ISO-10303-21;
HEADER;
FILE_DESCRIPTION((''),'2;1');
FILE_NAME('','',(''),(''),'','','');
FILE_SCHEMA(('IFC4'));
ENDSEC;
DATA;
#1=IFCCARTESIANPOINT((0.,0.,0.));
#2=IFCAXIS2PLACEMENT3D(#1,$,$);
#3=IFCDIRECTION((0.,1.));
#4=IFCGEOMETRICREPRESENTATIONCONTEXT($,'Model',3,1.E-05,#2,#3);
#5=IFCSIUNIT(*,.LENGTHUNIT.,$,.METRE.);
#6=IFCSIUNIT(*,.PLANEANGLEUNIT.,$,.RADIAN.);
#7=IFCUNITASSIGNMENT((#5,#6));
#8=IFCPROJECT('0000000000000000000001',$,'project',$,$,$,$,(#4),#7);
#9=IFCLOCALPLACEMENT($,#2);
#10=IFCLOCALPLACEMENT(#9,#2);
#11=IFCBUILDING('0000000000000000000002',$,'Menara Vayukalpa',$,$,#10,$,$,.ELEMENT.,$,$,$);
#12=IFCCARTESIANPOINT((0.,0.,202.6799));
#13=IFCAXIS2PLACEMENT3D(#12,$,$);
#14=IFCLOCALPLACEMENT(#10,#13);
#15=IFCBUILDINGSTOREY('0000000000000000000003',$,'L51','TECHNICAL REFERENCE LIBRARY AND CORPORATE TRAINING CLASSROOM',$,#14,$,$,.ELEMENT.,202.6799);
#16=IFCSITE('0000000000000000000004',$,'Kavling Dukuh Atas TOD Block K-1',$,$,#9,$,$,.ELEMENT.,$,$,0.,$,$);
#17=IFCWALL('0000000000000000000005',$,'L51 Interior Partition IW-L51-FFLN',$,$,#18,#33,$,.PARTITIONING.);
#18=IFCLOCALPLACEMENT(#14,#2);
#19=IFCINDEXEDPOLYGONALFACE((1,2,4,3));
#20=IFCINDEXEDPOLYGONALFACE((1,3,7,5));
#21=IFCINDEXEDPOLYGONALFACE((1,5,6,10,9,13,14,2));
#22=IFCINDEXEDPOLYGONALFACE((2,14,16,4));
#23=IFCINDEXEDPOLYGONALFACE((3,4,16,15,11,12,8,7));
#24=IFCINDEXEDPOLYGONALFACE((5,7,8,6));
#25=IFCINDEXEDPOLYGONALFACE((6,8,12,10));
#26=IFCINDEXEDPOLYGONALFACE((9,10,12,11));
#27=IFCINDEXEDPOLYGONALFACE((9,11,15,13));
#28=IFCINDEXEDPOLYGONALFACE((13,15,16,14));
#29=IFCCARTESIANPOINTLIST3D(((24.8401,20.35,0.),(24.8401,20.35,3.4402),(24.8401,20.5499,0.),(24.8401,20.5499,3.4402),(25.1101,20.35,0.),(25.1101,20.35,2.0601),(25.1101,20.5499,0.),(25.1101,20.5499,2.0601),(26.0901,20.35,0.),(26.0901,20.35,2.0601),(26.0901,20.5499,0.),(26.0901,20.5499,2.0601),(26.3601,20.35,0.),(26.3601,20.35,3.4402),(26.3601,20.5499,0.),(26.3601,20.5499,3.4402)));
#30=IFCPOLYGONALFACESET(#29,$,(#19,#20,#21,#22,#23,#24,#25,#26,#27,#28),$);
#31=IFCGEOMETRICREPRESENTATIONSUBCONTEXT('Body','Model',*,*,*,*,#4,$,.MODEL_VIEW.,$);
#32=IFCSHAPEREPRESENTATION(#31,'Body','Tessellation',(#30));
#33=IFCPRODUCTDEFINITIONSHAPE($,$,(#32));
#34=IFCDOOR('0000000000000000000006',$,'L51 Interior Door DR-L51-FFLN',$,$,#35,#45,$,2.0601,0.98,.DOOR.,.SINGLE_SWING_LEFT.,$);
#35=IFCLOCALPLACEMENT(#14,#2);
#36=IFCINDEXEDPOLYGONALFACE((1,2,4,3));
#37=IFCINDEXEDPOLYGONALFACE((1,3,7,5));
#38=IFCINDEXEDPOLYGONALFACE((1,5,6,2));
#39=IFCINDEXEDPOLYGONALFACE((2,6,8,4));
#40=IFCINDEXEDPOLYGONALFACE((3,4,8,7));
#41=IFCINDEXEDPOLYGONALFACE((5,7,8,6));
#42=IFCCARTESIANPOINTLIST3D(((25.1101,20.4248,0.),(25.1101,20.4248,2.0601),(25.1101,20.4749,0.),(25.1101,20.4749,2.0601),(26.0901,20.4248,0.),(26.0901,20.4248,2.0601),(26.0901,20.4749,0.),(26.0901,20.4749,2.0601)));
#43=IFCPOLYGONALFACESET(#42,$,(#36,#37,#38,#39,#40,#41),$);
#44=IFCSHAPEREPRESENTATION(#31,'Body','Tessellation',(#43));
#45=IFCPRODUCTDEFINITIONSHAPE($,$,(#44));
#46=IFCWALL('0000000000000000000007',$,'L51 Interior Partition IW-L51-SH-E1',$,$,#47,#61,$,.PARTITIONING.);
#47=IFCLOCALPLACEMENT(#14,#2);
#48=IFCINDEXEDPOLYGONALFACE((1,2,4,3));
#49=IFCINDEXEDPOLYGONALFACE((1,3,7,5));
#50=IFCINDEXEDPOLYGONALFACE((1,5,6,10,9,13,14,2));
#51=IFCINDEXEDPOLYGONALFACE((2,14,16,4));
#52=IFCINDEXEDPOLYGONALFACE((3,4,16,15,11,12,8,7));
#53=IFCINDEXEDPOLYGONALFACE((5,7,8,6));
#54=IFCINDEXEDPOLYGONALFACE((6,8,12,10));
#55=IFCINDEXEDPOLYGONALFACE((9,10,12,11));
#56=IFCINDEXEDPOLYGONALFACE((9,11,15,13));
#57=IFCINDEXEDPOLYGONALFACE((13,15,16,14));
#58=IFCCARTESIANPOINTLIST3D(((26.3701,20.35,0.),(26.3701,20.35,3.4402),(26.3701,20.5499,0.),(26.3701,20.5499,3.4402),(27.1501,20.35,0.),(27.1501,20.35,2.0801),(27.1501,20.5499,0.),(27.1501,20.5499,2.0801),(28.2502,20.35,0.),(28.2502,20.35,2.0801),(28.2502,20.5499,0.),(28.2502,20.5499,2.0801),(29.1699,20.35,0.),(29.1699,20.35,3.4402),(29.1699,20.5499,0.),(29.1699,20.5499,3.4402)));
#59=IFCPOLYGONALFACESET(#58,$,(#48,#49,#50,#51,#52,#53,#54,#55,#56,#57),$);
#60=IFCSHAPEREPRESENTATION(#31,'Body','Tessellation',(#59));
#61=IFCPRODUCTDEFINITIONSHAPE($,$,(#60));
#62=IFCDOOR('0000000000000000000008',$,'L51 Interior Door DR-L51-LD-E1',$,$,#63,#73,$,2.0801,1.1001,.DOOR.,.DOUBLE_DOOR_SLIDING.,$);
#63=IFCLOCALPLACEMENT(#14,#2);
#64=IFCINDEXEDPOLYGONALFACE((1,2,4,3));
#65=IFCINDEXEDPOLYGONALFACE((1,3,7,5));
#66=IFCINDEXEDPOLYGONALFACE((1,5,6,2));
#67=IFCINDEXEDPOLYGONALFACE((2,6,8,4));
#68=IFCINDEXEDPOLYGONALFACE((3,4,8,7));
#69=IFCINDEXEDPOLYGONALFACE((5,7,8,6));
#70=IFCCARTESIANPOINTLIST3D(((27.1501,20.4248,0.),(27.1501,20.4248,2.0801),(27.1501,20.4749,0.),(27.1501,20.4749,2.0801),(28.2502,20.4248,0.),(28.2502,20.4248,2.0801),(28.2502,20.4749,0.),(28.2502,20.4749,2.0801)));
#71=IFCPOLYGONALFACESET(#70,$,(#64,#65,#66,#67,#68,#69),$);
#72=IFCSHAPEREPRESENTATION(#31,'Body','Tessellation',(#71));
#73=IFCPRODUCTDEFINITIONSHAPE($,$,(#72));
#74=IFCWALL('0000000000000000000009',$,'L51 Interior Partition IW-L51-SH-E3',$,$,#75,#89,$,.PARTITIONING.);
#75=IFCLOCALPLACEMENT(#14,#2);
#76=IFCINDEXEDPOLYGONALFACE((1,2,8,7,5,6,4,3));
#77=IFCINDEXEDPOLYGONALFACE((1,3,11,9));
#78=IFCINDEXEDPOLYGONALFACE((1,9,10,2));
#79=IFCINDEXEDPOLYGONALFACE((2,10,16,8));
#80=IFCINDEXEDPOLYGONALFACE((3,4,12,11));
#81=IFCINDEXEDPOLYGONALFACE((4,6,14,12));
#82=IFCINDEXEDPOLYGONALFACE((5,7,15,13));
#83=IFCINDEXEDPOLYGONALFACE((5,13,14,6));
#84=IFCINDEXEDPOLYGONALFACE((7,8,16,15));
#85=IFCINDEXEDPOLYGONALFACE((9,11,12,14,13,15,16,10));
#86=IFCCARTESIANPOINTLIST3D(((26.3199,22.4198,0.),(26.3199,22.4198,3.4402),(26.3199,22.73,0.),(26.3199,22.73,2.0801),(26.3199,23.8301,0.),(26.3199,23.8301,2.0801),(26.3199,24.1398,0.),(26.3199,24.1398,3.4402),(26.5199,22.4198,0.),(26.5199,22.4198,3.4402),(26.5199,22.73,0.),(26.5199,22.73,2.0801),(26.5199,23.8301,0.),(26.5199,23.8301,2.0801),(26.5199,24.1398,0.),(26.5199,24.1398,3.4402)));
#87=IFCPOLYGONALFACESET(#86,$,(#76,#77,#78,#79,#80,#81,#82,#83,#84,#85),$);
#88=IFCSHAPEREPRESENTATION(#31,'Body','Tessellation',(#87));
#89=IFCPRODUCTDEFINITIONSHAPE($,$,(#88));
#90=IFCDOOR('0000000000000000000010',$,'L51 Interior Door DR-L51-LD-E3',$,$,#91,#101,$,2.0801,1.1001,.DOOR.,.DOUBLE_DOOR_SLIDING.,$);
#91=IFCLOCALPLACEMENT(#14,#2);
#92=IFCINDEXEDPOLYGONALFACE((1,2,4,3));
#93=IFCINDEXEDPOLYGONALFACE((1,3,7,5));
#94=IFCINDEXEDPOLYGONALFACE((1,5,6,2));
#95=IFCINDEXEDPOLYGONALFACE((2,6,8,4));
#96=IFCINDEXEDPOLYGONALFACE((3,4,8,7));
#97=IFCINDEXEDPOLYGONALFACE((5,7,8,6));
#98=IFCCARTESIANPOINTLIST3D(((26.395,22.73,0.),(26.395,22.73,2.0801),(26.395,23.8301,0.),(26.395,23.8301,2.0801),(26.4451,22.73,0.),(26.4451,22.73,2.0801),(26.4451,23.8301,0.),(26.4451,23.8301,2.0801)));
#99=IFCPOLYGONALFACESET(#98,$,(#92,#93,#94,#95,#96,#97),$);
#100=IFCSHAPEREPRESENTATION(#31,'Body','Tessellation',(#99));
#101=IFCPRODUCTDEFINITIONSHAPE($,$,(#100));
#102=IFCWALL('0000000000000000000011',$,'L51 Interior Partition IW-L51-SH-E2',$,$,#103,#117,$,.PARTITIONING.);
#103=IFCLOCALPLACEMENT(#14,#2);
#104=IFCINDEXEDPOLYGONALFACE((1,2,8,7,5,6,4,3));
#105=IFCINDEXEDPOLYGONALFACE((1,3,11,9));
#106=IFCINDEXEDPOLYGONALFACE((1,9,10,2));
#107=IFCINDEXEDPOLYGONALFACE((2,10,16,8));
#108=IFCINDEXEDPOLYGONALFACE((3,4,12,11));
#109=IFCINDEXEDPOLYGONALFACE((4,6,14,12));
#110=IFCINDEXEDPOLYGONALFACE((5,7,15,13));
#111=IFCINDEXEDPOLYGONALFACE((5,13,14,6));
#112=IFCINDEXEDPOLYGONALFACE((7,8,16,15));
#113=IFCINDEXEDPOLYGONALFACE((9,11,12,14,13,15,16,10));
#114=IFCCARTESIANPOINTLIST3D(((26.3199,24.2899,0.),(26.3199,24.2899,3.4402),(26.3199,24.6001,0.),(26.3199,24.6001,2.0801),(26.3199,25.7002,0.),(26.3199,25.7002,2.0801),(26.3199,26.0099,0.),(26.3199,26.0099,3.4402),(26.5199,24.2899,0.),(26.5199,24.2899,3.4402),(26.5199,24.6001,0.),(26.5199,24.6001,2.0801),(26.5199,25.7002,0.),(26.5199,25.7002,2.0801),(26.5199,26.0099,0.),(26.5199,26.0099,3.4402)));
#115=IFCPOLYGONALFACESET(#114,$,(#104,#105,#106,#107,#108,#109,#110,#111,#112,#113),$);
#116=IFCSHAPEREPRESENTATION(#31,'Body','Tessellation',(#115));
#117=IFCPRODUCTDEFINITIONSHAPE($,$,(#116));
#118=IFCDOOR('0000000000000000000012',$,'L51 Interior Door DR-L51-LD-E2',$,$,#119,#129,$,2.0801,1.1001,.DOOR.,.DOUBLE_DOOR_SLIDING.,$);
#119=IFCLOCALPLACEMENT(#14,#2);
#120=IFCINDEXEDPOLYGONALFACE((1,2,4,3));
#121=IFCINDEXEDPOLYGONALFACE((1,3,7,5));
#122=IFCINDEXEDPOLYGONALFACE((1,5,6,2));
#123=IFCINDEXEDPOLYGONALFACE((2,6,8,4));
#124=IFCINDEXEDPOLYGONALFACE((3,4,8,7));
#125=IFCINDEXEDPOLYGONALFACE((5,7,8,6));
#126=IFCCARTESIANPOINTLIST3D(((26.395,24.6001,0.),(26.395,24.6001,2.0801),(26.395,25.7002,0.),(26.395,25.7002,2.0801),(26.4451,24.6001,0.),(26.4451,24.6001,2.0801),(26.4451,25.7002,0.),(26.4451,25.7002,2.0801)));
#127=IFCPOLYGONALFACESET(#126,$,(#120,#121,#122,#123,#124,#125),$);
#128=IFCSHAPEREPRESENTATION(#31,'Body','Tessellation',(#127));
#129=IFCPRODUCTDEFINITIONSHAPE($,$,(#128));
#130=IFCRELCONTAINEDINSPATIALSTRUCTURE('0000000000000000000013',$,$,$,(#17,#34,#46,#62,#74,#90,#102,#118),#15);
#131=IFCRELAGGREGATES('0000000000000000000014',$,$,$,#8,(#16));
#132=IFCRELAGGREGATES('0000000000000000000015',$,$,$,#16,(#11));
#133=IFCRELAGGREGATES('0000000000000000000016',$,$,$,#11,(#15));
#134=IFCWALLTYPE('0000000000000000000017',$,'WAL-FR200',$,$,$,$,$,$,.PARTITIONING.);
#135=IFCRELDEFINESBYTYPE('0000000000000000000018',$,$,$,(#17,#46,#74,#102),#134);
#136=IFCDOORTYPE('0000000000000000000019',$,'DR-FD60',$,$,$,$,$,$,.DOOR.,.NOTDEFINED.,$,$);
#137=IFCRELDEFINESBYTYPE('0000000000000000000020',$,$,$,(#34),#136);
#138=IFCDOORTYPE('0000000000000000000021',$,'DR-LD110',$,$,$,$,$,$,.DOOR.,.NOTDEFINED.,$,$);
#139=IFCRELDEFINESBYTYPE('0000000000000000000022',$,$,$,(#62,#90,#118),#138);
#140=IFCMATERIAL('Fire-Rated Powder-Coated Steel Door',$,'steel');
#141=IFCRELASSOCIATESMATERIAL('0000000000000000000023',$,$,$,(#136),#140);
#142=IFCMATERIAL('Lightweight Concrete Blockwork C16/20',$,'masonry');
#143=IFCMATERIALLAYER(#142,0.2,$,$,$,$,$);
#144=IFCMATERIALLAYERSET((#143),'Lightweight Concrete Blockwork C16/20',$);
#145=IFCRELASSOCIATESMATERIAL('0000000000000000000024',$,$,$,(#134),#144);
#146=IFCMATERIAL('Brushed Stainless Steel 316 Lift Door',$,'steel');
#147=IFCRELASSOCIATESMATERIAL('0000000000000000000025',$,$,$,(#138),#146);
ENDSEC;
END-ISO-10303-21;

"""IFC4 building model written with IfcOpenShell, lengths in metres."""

from ifc_helpers import new_model, si_unit, direction, frame, frame_2d, origin, place, context, subcontext, project, spatial, rectangle, extrude, material, layer, layer_set, type_object, element, fill, save


model = new_model("IFC4")

# Units and contexts
model_context = context("Model", 3, precision=1e-05, world=origin(), true_north=direction((0.0, 1.0)))
body_context = subcontext(model_context, "Body", "Model", "MODEL_VIEW")
ifc_project = project(units=[si_unit("LENGTHUNIT", "METRE"), si_unit("PLANEANGLEUNIT", "RADIAN")], contexts=[model_context])

# Site, building, storey
site_placement = place(None, origin())
site = spatial("IfcSite", under=ifc_project, at=site_placement, Name="Kavling Dukuh Atas TOD Block K-1", CompositionType="ELEMENT", RefElevation=0.0)
building_placement = place(site_placement, origin())
building = spatial("IfcBuilding", under=site, at=building_placement, Name="Menara Vayukalpa", CompositionType="ELEMENT")
storey_placement = place(building_placement, frame((0.0, 0.0, 202.6799)))
storey = spatial("IfcBuildingStorey", under=building, at=storey_placement, Name="L51", Description="TECHNICAL REFERENCE LIBRARY AND CORPORATE TRAINING CLASSROOM", CompositionType="ELEMENT", Elevation=202.6799)

# Walls, openings, doors
ifc_material_1 = material(Name="Fire-Rated Powder-Coated Steel Door", Category="steel")
door_type_1 = type_object("IfcDoorType", Name="DR-FD60", OperationType="NOTDEFINED", PredefinedType="DOOR", material=ifc_material_1)
ifc_material_2 = material(Name="Lightweight Concrete Blockwork C16/20", Category="masonry")
ifc_layer_1 = layer(ifc_material_2, 0.2)
ifc_layer_set_1 = layer_set([ifc_layer_1], Name="Lightweight Concrete Blockwork C16/20")
wall_type_1 = type_object("IfcWallType", Name="WAL-FR200", PredefinedType="PARTITIONING", material=ifc_layer_set_1)
wall_1_placement = place(storey_placement, frame((24.8401, 20.45, 0.0), z_axis=(0.0, 0.0, 1.0), x_axis=(1.0, 0.0, 0.0)))
wall_1 = element("IfcWall", 1, at=wall_1_placement, inside=storey, type_object=wall_type_1, Name="L51 Interior Partition IW-L51-FFLN", PredefinedType="PARTITIONING", context=body_context, shape_type="SweptSolid", body=[
    extrude(rectangle(XDim=1.52, YDim=0.2, at=frame_2d((0.76, 0.0))), origin(), (0.0, 0.0, 1.0), 3.4402),
])
opening_1_placement = place(wall_1_placement, frame((0.27, 0.0, 0.0)))
opening_1 = element("IfcOpeningElement", 2, at=opening_1_placement, cuts=wall_1, PredefinedType="OPENING", context=body_context, shape_type="SweptSolid", body=[
    extrude(rectangle(XDim=0.98, YDim=2.0601, at=frame_2d((0.49, 1.03))), frame((0.0, 0.1099, 0.0), z_axis=(0.0, -1.0, 0.0), x_axis=(1.0, 0.0, 0.0)), (0.0, 0.0, 1.0), 0.22),
])
door_1_placement = place(opening_1_placement, origin())
door_1 = element("IfcDoor", 3, at=door_1_placement, inside=storey, type_object=door_type_1, Name="L51 Interior Door DR-L51-FFLN", OperationType="SINGLE_SWING_LEFT", OverallHeight=2.0601, OverallWidth=0.98, PredefinedType="DOOR", context=body_context, shape_type="SweptSolid", body=[
    extrude(rectangle(XDim=0.98, YDim=2.0601, at=frame_2d((0.49, 1.03))), frame((0.0, 0.0249, 0.0), z_axis=(0.0, -1.0, 0.0), x_axis=(1.0, 0.0, 0.0)), (0.0, 0.0, 1.0), 0.05),
])
fill(opening_1, door_1)
wall_2_placement = place(storey_placement, frame((26.3701, 20.45, 0.0), z_axis=(0.0, 0.0, 1.0), x_axis=(1.0, 0.0, 0.0)))
wall_2 = element("IfcWall", 4, at=wall_2_placement, inside=storey, type_object=wall_type_1, Name="L51 Interior Partition IW-L51-SH-E1", PredefinedType="PARTITIONING", context=body_context, shape_type="SweptSolid", body=[
    extrude(rectangle(XDim=2.7998, YDim=0.2, at=frame_2d((1.3999, 0.0))), origin(), (0.0, 0.0, 1.0), 3.4402),
])
opening_2_placement = place(wall_2_placement, frame((0.78, 0.0, 0.0)))
opening_2 = element("IfcOpeningElement", 5, at=opening_2_placement, cuts=wall_2, PredefinedType="OPENING", context=body_context, shape_type="SweptSolid", body=[
    extrude(rectangle(XDim=1.1001, YDim=2.0801, at=frame_2d((0.55, 1.04))), frame((0.0, 0.1099, 0.0), z_axis=(0.0, -1.0, 0.0), x_axis=(1.0, 0.0, 0.0)), (0.0, 0.0, 1.0), 0.22),
])
ifc_material_3 = material(Name="Brushed Stainless Steel 316 Lift Door", Category="steel")
door_type_2 = type_object("IfcDoorType", Name="DR-LD110", OperationType="NOTDEFINED", PredefinedType="DOOR", material=ifc_material_3)
door_2_placement = place(opening_2_placement, origin())
door_2 = element("IfcDoor", 6, at=door_2_placement, inside=storey, type_object=door_type_2, Name="L51 Interior Door DR-L51-LD-E1", OperationType="DOUBLE_DOOR_SLIDING", OverallHeight=2.0801, OverallWidth=1.1001, PredefinedType="DOOR", context=body_context, shape_type="SweptSolid", body=[
    extrude(rectangle(XDim=1.1001, YDim=2.0801, at=frame_2d((0.55, 1.04))), frame((0.0, 0.0249, 0.0), z_axis=(0.0, -1.0, 0.0), x_axis=(1.0, 0.0, 0.0)), (0.0, 0.0, 1.0), 0.05),
])
fill(opening_2, door_2)
wall_3_placement = place(storey_placement, frame((26.4199, 22.4199, 0.0), z_axis=(0.0, 0.0, 1.0), x_axis=(0.0, 1.0, 0.0)))
wall_3 = element("IfcWall", 7, at=wall_3_placement, inside=storey, type_object=wall_type_1, Name="L51 Interior Partition IW-L51-SH-E3", PredefinedType="PARTITIONING", context=body_context, shape_type="SweptSolid", body=[
    extrude(rectangle(XDim=1.72, YDim=0.2, at=frame_2d((0.8599, 0.0))), origin(), (0.0, 0.0, 1.0), 3.4402),
])
opening_3_placement = place(wall_3_placement, frame((0.3101, 0.0, 0.0)))
opening_3 = element("IfcOpeningElement", 8, at=opening_3_placement, cuts=wall_3, PredefinedType="OPENING", context=body_context, shape_type="SweptSolid", body=[
    extrude(rectangle(XDim=1.1001, YDim=2.0801, at=frame_2d((0.55, 1.04))), frame((0.0, 0.1099, 0.0), z_axis=(0.0, -1.0, 0.0), x_axis=(1.0, 0.0, 0.0)), (0.0, 0.0, 1.0), 0.22),
])
door_3_placement = place(opening_3_placement, origin())
door_3 = element("IfcDoor", 9, at=door_3_placement, inside=storey, type_object=door_type_2, Name="L51 Interior Door DR-L51-LD-E3", OperationType="DOUBLE_DOOR_SLIDING", OverallHeight=2.0801, OverallWidth=1.1001, PredefinedType="DOOR", context=body_context, shape_type="SweptSolid", body=[
    extrude(rectangle(XDim=1.1001, YDim=2.0801, at=frame_2d((0.55, 1.04))), frame((0.0, 0.0249, 0.0), z_axis=(0.0, -1.0, 0.0), x_axis=(1.0, 0.0, 0.0)), (0.0, 0.0, 1.0), 0.05),
])
fill(opening_3, door_3)
wall_4_placement = place(storey_placement, frame((26.4199, 24.29, 0.0), z_axis=(0.0, 0.0, 1.0), x_axis=(0.0, 1.0, 0.0)))
wall_4 = element("IfcWall", 10, at=wall_4_placement, inside=storey, type_object=wall_type_1, Name="L51 Interior Partition IW-L51-SH-E2", PredefinedType="PARTITIONING", context=body_context, shape_type="SweptSolid", body=[
    extrude(rectangle(XDim=1.72, YDim=0.2, at=frame_2d((0.8599, 0.0))), origin(), (0.0, 0.0, 1.0), 3.4402),
])
opening_4_placement = place(wall_4_placement, frame((0.3101, 0.0, 0.0)))
opening_4 = element("IfcOpeningElement", 11, at=opening_4_placement, cuts=wall_4, PredefinedType="OPENING", context=body_context, shape_type="SweptSolid", body=[
    extrude(rectangle(XDim=1.1001, YDim=2.0801, at=frame_2d((0.55, 1.04))), frame((0.0, 0.1099, 0.0), z_axis=(0.0, -1.0, 0.0), x_axis=(1.0, 0.0, 0.0)), (0.0, 0.0, 1.0), 0.22),
])
door_4_placement = place(opening_4_placement, origin())
door_4 = element("IfcDoor", 12, at=door_4_placement, inside=storey, type_object=door_type_2, Name="L51 Interior Door DR-L51-LD-E2", OperationType="DOUBLE_DOOR_SLIDING", OverallHeight=2.0801, OverallWidth=1.1001, PredefinedType="DOOR", context=body_context, shape_type="SweptSolid", body=[
    extrude(rectangle(XDim=1.1001, YDim=2.0801, at=frame_2d((0.55, 1.04))), frame((0.0, 0.0249, 0.0), z_axis=(0.0, -1.0, 0.0), x_axis=(1.0, 0.0, 0.0)), (0.0, 0.0, 1.0), 0.05),
])
fill(opening_4, door_4)

save(model, "model.ifc")
